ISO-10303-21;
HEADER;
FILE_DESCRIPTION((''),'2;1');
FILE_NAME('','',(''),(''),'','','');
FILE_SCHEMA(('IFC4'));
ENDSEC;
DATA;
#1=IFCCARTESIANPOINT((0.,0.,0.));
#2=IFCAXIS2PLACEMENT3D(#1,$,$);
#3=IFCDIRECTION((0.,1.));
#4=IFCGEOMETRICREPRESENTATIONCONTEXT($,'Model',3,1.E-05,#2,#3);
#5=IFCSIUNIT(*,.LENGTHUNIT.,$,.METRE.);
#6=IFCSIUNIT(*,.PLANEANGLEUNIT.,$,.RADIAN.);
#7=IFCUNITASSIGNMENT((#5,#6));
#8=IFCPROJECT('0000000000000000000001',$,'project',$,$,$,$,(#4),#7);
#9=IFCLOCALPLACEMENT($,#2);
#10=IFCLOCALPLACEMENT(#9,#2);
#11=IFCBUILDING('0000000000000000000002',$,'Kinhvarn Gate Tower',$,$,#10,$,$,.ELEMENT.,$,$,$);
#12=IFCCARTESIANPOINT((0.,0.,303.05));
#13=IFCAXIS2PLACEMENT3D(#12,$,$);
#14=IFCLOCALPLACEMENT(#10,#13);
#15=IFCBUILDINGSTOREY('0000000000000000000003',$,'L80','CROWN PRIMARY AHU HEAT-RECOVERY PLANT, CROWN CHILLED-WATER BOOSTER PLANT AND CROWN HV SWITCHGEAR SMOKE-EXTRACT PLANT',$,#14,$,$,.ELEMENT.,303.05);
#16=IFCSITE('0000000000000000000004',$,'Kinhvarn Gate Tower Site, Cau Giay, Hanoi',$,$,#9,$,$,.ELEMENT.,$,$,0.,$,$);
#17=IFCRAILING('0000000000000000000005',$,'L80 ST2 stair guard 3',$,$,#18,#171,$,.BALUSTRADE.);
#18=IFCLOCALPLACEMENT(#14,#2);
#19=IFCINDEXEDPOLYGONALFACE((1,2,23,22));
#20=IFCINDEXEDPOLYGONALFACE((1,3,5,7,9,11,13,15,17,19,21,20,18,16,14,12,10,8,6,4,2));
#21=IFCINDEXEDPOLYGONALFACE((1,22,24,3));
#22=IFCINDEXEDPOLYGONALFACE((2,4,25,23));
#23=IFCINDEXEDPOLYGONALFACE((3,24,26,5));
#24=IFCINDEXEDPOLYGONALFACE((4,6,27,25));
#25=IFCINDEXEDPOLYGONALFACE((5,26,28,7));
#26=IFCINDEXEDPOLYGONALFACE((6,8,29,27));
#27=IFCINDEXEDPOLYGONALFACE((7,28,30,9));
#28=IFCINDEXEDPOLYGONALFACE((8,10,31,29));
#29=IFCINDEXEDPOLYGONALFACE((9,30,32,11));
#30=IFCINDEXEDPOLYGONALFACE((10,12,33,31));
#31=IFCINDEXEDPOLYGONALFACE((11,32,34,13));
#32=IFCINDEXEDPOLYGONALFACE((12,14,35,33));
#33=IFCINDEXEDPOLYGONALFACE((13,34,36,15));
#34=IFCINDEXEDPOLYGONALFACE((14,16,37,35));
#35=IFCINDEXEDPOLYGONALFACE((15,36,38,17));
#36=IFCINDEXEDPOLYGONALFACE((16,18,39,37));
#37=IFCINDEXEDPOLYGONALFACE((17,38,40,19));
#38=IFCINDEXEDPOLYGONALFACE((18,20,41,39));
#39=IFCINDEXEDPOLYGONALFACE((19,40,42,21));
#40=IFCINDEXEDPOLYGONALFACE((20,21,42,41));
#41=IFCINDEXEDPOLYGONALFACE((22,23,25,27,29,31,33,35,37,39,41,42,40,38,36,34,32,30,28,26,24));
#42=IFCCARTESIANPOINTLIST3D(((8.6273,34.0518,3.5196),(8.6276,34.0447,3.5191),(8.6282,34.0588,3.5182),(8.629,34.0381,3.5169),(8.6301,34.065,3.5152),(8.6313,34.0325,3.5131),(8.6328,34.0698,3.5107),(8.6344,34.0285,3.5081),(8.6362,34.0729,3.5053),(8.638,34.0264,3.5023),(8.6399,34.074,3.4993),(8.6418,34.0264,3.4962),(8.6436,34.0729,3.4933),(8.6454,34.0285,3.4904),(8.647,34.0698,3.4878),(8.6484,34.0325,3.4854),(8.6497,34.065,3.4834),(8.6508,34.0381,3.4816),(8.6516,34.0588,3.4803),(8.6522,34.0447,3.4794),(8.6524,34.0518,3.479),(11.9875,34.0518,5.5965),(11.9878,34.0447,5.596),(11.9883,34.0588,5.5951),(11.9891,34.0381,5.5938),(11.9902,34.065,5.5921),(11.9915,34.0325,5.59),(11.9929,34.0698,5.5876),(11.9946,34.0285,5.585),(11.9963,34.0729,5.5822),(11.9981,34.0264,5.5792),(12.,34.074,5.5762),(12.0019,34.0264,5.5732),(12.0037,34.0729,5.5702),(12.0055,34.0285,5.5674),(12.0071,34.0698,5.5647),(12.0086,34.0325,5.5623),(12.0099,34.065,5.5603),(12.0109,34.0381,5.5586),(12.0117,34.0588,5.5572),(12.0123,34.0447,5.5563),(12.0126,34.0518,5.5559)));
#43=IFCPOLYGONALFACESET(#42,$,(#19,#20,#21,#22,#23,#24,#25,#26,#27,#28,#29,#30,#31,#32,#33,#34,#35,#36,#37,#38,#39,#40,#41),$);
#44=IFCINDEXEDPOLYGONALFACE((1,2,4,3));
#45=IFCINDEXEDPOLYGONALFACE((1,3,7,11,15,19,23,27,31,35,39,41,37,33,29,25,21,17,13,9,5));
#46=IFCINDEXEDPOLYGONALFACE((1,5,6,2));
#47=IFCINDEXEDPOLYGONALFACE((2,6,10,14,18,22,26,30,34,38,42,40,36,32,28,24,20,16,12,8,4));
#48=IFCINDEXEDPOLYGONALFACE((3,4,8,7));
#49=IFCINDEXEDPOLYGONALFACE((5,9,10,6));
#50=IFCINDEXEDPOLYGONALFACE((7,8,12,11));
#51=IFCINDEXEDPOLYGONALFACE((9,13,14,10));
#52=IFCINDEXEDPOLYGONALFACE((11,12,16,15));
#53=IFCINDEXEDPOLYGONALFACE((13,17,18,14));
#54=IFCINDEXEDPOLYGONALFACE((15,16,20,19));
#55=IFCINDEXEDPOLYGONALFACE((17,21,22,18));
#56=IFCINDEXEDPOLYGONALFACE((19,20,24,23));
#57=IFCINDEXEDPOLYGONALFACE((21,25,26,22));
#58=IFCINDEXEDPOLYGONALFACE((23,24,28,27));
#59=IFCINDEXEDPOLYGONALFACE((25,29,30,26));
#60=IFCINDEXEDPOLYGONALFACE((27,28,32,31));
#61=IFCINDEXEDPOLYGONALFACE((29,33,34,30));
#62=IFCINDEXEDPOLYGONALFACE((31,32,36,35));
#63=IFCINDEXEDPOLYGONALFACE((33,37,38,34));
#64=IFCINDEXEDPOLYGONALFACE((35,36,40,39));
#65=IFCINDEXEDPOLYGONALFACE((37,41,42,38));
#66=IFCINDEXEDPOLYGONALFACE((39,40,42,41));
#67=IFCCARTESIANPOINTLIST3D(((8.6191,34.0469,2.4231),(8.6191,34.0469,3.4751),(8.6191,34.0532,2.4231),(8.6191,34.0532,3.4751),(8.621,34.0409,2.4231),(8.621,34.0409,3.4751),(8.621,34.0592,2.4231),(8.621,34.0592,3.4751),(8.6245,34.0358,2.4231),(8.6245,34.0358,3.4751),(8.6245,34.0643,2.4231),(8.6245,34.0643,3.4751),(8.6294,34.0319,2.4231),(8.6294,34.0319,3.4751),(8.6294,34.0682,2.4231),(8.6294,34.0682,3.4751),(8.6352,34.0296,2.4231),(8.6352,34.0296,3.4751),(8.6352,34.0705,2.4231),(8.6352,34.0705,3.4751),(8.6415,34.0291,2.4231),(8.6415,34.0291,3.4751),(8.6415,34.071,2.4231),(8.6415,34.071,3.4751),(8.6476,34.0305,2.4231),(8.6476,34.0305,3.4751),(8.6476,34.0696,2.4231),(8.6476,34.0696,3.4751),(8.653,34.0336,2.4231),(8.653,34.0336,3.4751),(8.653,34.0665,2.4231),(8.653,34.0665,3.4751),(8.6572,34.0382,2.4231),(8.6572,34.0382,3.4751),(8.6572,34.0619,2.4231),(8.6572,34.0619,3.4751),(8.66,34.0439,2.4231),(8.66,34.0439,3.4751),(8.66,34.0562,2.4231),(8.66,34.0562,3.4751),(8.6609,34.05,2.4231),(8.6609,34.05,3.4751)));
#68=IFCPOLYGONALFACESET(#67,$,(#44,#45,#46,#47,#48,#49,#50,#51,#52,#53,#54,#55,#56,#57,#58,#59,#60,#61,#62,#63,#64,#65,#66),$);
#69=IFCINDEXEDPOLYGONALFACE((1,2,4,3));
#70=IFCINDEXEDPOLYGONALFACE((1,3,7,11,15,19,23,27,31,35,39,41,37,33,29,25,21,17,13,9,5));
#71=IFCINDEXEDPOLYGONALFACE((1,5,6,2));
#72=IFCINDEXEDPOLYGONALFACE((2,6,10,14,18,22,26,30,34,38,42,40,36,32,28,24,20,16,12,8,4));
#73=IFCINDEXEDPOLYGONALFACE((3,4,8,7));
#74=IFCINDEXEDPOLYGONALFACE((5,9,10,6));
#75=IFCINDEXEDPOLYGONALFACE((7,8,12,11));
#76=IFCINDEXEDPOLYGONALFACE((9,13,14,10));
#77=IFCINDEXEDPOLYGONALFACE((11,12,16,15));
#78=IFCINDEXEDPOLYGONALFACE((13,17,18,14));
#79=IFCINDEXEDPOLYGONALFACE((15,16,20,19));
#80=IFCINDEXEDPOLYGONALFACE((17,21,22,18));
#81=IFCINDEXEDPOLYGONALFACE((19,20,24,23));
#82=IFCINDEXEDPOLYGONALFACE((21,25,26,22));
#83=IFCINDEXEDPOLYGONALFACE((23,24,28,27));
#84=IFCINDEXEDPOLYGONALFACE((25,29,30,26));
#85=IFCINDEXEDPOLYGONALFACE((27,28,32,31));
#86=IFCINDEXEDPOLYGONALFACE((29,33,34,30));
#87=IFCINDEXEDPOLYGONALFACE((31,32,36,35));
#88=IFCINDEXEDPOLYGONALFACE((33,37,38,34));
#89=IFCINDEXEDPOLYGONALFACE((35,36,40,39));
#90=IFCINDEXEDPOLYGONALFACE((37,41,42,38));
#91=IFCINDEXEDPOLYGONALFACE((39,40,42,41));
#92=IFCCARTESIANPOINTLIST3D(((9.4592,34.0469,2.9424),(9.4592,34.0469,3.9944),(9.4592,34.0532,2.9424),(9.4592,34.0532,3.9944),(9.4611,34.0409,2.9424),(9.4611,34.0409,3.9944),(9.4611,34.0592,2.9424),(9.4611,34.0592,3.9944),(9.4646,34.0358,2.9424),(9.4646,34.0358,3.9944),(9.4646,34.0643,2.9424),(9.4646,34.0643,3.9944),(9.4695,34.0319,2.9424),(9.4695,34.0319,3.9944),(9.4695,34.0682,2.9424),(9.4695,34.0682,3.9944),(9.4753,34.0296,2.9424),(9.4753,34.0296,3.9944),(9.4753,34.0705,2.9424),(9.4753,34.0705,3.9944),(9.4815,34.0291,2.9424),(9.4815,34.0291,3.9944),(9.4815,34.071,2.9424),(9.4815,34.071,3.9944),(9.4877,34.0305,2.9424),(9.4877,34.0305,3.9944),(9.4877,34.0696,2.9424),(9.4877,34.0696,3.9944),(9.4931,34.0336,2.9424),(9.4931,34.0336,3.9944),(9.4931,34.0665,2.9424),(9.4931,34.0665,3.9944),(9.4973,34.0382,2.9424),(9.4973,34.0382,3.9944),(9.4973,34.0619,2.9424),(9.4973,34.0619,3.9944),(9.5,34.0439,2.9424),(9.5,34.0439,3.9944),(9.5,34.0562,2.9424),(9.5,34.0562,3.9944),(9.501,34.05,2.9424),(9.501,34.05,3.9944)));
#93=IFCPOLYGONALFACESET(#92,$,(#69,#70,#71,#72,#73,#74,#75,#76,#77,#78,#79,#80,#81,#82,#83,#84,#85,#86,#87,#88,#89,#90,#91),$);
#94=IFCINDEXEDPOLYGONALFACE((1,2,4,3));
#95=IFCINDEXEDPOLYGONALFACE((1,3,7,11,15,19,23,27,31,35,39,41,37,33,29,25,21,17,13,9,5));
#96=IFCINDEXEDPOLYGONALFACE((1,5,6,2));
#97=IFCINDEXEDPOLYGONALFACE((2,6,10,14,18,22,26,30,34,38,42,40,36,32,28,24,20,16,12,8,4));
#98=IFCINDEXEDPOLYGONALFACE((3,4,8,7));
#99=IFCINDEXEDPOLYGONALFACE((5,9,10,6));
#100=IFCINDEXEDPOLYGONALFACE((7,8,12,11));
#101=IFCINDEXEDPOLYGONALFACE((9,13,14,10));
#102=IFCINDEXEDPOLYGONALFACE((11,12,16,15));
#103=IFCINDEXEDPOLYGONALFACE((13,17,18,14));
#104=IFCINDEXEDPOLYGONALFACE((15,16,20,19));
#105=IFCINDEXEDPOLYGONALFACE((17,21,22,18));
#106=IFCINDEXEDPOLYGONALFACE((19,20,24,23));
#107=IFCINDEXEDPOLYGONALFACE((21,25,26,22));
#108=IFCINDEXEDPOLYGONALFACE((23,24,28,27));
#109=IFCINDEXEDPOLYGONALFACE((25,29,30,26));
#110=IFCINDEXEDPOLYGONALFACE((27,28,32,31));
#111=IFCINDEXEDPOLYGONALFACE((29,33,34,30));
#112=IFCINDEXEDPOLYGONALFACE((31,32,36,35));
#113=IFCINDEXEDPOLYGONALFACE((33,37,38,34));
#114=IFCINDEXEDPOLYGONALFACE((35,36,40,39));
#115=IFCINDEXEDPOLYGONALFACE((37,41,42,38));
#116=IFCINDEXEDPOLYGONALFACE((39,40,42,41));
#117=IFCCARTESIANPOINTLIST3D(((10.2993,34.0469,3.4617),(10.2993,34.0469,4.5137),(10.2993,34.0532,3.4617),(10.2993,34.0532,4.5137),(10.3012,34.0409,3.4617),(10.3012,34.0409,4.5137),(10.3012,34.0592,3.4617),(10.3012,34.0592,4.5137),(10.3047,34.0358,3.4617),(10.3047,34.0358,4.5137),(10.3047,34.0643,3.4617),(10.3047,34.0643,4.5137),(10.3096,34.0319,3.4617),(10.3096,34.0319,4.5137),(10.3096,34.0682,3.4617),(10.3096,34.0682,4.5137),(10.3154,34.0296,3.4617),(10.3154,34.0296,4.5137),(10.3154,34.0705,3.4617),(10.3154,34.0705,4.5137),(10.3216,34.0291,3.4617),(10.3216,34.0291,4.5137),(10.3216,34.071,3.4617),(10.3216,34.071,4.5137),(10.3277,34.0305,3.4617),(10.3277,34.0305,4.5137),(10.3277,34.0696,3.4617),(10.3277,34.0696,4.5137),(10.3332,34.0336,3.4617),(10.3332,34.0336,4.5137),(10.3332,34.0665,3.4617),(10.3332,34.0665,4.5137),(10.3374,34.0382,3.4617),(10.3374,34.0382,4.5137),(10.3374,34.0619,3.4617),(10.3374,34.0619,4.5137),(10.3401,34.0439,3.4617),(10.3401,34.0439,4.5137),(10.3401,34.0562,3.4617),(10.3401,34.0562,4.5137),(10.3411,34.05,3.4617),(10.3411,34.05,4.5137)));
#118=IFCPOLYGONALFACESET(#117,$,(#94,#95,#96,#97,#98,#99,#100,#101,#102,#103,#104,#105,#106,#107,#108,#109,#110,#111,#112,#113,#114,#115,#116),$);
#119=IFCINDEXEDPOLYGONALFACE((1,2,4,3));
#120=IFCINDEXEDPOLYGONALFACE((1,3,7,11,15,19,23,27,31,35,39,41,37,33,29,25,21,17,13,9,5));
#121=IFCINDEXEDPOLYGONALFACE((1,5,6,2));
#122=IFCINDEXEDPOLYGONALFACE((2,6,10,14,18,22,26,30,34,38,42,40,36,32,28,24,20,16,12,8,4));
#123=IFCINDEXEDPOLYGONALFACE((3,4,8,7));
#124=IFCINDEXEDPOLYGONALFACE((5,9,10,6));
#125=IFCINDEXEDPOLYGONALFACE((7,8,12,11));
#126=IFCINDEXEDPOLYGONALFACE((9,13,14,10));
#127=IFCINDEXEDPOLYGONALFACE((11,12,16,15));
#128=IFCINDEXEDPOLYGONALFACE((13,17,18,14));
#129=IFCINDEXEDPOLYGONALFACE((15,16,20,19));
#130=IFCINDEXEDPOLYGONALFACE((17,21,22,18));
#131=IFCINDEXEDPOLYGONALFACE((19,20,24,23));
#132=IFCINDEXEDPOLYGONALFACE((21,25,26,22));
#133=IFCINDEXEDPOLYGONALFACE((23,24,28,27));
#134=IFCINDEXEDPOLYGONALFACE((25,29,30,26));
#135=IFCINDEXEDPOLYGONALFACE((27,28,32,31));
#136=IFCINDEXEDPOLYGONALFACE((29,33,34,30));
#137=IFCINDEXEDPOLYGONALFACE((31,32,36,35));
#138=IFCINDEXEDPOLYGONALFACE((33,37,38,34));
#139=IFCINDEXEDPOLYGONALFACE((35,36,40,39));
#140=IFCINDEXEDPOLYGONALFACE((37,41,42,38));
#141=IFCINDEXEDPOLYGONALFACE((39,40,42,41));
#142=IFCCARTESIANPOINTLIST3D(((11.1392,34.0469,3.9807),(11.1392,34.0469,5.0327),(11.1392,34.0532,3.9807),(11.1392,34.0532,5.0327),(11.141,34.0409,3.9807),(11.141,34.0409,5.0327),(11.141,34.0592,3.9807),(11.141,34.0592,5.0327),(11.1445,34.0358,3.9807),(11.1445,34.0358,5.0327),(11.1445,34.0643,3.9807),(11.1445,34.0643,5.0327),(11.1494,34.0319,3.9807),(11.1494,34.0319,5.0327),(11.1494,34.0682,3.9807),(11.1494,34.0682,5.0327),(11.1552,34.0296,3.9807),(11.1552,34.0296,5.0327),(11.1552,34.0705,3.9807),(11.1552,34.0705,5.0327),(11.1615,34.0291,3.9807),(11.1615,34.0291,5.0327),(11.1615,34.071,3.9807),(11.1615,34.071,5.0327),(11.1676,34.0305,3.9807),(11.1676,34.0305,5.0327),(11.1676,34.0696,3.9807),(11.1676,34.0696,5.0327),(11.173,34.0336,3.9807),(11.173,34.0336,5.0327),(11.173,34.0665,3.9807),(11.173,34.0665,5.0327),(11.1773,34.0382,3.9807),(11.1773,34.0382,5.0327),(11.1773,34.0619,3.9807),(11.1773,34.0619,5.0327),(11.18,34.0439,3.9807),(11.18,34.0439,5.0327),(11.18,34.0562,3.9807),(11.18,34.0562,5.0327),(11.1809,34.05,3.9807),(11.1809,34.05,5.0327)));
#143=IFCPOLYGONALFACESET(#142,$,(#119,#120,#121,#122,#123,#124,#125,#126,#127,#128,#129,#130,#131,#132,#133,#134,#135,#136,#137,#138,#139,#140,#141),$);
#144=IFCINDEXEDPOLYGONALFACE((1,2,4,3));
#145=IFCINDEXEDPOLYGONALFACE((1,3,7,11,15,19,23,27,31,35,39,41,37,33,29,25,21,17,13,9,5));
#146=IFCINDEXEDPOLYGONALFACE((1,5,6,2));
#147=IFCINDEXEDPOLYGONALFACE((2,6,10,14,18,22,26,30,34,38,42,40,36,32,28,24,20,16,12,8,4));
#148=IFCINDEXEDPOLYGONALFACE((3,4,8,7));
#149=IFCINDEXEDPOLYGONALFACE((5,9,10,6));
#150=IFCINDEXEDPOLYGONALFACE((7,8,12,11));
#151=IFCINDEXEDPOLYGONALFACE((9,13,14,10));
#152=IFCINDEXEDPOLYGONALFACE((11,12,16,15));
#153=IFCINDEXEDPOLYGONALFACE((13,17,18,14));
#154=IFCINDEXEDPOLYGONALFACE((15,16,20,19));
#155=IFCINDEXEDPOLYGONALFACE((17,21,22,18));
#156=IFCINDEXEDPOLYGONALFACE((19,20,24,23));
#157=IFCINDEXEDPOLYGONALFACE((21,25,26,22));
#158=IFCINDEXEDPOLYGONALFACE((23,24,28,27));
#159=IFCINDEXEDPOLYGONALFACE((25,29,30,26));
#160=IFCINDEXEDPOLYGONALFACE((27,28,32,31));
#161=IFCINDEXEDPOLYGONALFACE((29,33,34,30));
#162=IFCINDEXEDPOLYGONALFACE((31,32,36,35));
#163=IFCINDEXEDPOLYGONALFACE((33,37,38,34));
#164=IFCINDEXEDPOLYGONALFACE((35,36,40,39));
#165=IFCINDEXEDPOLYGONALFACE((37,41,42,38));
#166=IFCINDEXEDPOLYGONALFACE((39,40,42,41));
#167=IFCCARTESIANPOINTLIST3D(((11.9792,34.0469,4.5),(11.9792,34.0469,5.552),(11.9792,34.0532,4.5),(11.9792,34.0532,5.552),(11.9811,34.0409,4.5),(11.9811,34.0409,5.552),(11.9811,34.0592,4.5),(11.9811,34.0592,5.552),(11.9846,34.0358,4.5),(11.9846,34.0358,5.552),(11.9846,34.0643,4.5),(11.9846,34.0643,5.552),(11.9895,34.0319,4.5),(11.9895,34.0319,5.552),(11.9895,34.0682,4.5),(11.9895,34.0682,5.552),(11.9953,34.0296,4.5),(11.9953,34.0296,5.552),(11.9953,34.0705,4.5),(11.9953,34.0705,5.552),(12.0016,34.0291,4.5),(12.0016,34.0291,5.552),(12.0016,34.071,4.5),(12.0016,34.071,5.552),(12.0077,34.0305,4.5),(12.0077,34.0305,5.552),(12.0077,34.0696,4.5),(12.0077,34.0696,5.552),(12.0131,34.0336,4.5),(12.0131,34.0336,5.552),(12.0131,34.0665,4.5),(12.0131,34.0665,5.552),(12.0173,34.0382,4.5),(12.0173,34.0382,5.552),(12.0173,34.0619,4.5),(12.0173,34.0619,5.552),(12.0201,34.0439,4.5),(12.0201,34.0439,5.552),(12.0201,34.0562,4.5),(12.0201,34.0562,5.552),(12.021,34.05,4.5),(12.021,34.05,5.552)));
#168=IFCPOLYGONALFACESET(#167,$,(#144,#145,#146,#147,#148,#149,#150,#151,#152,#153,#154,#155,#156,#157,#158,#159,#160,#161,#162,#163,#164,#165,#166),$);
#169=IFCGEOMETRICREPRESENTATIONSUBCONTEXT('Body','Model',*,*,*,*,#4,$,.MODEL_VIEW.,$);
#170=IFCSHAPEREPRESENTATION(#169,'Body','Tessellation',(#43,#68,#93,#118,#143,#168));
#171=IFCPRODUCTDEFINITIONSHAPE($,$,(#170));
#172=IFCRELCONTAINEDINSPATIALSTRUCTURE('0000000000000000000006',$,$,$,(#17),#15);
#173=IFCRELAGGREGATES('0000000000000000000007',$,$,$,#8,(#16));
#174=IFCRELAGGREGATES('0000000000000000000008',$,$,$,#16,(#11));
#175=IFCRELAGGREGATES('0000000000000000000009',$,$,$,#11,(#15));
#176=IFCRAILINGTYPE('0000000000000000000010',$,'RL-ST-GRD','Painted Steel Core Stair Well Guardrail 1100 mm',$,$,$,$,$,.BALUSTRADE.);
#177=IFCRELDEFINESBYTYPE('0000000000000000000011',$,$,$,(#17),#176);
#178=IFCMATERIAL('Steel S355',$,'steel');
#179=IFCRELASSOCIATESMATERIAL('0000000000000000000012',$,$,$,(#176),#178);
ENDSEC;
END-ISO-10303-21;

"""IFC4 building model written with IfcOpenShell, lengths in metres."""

from ifc_helpers import new_model, si_unit, direction, frame, origin, origin_2d, place, context, subcontext, project, spatial, circle, extrude, material, type_object, element, save


model = new_model("IFC4")

# Units and contexts
model_context = context("Model", 3, precision=1e-05, world=origin(), true_north=direction((0.0, 1.0)))
body_context = subcontext(model_context, "Body", "Model", "MODEL_VIEW")
ifc_project = project(units=[si_unit("LENGTHUNIT", "METRE"), si_unit("PLANEANGLEUNIT", "RADIAN")], contexts=[model_context])

# Site, building, storey
site_placement = place(None, origin())
site = spatial("IfcSite", under=ifc_project, at=site_placement, Name="Kinhvarn Gate Tower Site, Cau Giay, Hanoi", CompositionType="ELEMENT", RefElevation=0.0)
building_placement = place(site_placement, origin())
building = spatial("IfcBuilding", under=site, at=building_placement, Name="Kinhvarn Gate Tower", CompositionType="ELEMENT")
storey_placement = place(building_placement, frame((0.0, 0.0, 303.05)))
storey = spatial("IfcBuildingStorey", under=building, at=storey_placement, Name="L80", Description="CROWN PRIMARY AHU HEAT-RECOVERY PLANT, CROWN CHILLED-WATER BOOSTER PLANT AND CROWN HV SWITCHGEAR SMOKE-EXTRACT PLANT", CompositionType="ELEMENT", Elevation=303.05)

# Shared definitions
ifc_material_1 = material(Name="Steel S355", Category="steel")

# Railing
railing_type_1 = type_object("IfcRailingType", Name="RL-ST-GRD", Description="Painted Steel Core Stair Well Guardrail 1100 mm", PredefinedType="BALUSTRADE", material=ifc_material_1)
railing_1_placement = place(storey_placement, frame((8.6399, 34.05, 2.4231)))
element("IfcRailing", 1, at=railing_1_placement, inside=storey, type_object=railing_type_1, Name="L80 ST2 stair guard 3", PredefinedType="BALUSTRADE", context=body_context, shape_type="SweptSolid", body=[
    extrude(circle(Radius=0.0239, at=origin_2d()), frame((0.0, 0.0, 1.0762), z_axis=(0.850623, 0.0, 0.525776), x_axis=(0.0, 1.0, 0.0)), (0.0, 0.0, 1.0), 3.9502),
    extrude(circle(Radius=0.021, at=origin_2d()), origin(), (0.0, 0.0, 1.0), 1.052),
    extrude(circle(Radius=0.021, at=origin_2d()), frame((0.8401, 0.0, 0.5193)), (0.0, 0.0, 1.0), 1.052),
    extrude(circle(Radius=0.021, at=origin_2d()), frame((1.6802, 0.0, 1.0386)), (0.0, 0.0, 1.0), 1.052),
    extrude(circle(Radius=0.021, at=origin_2d()), frame((2.52, 0.0, 1.5576)), (0.0, 0.0, 1.0), 1.052),
    extrude(circle(Radius=0.021, at=origin_2d()), frame((3.3601, 0.0, 2.0769)), (0.0, 0.0, 1.0), 1.052),
])

save(model, "model.ifc")
